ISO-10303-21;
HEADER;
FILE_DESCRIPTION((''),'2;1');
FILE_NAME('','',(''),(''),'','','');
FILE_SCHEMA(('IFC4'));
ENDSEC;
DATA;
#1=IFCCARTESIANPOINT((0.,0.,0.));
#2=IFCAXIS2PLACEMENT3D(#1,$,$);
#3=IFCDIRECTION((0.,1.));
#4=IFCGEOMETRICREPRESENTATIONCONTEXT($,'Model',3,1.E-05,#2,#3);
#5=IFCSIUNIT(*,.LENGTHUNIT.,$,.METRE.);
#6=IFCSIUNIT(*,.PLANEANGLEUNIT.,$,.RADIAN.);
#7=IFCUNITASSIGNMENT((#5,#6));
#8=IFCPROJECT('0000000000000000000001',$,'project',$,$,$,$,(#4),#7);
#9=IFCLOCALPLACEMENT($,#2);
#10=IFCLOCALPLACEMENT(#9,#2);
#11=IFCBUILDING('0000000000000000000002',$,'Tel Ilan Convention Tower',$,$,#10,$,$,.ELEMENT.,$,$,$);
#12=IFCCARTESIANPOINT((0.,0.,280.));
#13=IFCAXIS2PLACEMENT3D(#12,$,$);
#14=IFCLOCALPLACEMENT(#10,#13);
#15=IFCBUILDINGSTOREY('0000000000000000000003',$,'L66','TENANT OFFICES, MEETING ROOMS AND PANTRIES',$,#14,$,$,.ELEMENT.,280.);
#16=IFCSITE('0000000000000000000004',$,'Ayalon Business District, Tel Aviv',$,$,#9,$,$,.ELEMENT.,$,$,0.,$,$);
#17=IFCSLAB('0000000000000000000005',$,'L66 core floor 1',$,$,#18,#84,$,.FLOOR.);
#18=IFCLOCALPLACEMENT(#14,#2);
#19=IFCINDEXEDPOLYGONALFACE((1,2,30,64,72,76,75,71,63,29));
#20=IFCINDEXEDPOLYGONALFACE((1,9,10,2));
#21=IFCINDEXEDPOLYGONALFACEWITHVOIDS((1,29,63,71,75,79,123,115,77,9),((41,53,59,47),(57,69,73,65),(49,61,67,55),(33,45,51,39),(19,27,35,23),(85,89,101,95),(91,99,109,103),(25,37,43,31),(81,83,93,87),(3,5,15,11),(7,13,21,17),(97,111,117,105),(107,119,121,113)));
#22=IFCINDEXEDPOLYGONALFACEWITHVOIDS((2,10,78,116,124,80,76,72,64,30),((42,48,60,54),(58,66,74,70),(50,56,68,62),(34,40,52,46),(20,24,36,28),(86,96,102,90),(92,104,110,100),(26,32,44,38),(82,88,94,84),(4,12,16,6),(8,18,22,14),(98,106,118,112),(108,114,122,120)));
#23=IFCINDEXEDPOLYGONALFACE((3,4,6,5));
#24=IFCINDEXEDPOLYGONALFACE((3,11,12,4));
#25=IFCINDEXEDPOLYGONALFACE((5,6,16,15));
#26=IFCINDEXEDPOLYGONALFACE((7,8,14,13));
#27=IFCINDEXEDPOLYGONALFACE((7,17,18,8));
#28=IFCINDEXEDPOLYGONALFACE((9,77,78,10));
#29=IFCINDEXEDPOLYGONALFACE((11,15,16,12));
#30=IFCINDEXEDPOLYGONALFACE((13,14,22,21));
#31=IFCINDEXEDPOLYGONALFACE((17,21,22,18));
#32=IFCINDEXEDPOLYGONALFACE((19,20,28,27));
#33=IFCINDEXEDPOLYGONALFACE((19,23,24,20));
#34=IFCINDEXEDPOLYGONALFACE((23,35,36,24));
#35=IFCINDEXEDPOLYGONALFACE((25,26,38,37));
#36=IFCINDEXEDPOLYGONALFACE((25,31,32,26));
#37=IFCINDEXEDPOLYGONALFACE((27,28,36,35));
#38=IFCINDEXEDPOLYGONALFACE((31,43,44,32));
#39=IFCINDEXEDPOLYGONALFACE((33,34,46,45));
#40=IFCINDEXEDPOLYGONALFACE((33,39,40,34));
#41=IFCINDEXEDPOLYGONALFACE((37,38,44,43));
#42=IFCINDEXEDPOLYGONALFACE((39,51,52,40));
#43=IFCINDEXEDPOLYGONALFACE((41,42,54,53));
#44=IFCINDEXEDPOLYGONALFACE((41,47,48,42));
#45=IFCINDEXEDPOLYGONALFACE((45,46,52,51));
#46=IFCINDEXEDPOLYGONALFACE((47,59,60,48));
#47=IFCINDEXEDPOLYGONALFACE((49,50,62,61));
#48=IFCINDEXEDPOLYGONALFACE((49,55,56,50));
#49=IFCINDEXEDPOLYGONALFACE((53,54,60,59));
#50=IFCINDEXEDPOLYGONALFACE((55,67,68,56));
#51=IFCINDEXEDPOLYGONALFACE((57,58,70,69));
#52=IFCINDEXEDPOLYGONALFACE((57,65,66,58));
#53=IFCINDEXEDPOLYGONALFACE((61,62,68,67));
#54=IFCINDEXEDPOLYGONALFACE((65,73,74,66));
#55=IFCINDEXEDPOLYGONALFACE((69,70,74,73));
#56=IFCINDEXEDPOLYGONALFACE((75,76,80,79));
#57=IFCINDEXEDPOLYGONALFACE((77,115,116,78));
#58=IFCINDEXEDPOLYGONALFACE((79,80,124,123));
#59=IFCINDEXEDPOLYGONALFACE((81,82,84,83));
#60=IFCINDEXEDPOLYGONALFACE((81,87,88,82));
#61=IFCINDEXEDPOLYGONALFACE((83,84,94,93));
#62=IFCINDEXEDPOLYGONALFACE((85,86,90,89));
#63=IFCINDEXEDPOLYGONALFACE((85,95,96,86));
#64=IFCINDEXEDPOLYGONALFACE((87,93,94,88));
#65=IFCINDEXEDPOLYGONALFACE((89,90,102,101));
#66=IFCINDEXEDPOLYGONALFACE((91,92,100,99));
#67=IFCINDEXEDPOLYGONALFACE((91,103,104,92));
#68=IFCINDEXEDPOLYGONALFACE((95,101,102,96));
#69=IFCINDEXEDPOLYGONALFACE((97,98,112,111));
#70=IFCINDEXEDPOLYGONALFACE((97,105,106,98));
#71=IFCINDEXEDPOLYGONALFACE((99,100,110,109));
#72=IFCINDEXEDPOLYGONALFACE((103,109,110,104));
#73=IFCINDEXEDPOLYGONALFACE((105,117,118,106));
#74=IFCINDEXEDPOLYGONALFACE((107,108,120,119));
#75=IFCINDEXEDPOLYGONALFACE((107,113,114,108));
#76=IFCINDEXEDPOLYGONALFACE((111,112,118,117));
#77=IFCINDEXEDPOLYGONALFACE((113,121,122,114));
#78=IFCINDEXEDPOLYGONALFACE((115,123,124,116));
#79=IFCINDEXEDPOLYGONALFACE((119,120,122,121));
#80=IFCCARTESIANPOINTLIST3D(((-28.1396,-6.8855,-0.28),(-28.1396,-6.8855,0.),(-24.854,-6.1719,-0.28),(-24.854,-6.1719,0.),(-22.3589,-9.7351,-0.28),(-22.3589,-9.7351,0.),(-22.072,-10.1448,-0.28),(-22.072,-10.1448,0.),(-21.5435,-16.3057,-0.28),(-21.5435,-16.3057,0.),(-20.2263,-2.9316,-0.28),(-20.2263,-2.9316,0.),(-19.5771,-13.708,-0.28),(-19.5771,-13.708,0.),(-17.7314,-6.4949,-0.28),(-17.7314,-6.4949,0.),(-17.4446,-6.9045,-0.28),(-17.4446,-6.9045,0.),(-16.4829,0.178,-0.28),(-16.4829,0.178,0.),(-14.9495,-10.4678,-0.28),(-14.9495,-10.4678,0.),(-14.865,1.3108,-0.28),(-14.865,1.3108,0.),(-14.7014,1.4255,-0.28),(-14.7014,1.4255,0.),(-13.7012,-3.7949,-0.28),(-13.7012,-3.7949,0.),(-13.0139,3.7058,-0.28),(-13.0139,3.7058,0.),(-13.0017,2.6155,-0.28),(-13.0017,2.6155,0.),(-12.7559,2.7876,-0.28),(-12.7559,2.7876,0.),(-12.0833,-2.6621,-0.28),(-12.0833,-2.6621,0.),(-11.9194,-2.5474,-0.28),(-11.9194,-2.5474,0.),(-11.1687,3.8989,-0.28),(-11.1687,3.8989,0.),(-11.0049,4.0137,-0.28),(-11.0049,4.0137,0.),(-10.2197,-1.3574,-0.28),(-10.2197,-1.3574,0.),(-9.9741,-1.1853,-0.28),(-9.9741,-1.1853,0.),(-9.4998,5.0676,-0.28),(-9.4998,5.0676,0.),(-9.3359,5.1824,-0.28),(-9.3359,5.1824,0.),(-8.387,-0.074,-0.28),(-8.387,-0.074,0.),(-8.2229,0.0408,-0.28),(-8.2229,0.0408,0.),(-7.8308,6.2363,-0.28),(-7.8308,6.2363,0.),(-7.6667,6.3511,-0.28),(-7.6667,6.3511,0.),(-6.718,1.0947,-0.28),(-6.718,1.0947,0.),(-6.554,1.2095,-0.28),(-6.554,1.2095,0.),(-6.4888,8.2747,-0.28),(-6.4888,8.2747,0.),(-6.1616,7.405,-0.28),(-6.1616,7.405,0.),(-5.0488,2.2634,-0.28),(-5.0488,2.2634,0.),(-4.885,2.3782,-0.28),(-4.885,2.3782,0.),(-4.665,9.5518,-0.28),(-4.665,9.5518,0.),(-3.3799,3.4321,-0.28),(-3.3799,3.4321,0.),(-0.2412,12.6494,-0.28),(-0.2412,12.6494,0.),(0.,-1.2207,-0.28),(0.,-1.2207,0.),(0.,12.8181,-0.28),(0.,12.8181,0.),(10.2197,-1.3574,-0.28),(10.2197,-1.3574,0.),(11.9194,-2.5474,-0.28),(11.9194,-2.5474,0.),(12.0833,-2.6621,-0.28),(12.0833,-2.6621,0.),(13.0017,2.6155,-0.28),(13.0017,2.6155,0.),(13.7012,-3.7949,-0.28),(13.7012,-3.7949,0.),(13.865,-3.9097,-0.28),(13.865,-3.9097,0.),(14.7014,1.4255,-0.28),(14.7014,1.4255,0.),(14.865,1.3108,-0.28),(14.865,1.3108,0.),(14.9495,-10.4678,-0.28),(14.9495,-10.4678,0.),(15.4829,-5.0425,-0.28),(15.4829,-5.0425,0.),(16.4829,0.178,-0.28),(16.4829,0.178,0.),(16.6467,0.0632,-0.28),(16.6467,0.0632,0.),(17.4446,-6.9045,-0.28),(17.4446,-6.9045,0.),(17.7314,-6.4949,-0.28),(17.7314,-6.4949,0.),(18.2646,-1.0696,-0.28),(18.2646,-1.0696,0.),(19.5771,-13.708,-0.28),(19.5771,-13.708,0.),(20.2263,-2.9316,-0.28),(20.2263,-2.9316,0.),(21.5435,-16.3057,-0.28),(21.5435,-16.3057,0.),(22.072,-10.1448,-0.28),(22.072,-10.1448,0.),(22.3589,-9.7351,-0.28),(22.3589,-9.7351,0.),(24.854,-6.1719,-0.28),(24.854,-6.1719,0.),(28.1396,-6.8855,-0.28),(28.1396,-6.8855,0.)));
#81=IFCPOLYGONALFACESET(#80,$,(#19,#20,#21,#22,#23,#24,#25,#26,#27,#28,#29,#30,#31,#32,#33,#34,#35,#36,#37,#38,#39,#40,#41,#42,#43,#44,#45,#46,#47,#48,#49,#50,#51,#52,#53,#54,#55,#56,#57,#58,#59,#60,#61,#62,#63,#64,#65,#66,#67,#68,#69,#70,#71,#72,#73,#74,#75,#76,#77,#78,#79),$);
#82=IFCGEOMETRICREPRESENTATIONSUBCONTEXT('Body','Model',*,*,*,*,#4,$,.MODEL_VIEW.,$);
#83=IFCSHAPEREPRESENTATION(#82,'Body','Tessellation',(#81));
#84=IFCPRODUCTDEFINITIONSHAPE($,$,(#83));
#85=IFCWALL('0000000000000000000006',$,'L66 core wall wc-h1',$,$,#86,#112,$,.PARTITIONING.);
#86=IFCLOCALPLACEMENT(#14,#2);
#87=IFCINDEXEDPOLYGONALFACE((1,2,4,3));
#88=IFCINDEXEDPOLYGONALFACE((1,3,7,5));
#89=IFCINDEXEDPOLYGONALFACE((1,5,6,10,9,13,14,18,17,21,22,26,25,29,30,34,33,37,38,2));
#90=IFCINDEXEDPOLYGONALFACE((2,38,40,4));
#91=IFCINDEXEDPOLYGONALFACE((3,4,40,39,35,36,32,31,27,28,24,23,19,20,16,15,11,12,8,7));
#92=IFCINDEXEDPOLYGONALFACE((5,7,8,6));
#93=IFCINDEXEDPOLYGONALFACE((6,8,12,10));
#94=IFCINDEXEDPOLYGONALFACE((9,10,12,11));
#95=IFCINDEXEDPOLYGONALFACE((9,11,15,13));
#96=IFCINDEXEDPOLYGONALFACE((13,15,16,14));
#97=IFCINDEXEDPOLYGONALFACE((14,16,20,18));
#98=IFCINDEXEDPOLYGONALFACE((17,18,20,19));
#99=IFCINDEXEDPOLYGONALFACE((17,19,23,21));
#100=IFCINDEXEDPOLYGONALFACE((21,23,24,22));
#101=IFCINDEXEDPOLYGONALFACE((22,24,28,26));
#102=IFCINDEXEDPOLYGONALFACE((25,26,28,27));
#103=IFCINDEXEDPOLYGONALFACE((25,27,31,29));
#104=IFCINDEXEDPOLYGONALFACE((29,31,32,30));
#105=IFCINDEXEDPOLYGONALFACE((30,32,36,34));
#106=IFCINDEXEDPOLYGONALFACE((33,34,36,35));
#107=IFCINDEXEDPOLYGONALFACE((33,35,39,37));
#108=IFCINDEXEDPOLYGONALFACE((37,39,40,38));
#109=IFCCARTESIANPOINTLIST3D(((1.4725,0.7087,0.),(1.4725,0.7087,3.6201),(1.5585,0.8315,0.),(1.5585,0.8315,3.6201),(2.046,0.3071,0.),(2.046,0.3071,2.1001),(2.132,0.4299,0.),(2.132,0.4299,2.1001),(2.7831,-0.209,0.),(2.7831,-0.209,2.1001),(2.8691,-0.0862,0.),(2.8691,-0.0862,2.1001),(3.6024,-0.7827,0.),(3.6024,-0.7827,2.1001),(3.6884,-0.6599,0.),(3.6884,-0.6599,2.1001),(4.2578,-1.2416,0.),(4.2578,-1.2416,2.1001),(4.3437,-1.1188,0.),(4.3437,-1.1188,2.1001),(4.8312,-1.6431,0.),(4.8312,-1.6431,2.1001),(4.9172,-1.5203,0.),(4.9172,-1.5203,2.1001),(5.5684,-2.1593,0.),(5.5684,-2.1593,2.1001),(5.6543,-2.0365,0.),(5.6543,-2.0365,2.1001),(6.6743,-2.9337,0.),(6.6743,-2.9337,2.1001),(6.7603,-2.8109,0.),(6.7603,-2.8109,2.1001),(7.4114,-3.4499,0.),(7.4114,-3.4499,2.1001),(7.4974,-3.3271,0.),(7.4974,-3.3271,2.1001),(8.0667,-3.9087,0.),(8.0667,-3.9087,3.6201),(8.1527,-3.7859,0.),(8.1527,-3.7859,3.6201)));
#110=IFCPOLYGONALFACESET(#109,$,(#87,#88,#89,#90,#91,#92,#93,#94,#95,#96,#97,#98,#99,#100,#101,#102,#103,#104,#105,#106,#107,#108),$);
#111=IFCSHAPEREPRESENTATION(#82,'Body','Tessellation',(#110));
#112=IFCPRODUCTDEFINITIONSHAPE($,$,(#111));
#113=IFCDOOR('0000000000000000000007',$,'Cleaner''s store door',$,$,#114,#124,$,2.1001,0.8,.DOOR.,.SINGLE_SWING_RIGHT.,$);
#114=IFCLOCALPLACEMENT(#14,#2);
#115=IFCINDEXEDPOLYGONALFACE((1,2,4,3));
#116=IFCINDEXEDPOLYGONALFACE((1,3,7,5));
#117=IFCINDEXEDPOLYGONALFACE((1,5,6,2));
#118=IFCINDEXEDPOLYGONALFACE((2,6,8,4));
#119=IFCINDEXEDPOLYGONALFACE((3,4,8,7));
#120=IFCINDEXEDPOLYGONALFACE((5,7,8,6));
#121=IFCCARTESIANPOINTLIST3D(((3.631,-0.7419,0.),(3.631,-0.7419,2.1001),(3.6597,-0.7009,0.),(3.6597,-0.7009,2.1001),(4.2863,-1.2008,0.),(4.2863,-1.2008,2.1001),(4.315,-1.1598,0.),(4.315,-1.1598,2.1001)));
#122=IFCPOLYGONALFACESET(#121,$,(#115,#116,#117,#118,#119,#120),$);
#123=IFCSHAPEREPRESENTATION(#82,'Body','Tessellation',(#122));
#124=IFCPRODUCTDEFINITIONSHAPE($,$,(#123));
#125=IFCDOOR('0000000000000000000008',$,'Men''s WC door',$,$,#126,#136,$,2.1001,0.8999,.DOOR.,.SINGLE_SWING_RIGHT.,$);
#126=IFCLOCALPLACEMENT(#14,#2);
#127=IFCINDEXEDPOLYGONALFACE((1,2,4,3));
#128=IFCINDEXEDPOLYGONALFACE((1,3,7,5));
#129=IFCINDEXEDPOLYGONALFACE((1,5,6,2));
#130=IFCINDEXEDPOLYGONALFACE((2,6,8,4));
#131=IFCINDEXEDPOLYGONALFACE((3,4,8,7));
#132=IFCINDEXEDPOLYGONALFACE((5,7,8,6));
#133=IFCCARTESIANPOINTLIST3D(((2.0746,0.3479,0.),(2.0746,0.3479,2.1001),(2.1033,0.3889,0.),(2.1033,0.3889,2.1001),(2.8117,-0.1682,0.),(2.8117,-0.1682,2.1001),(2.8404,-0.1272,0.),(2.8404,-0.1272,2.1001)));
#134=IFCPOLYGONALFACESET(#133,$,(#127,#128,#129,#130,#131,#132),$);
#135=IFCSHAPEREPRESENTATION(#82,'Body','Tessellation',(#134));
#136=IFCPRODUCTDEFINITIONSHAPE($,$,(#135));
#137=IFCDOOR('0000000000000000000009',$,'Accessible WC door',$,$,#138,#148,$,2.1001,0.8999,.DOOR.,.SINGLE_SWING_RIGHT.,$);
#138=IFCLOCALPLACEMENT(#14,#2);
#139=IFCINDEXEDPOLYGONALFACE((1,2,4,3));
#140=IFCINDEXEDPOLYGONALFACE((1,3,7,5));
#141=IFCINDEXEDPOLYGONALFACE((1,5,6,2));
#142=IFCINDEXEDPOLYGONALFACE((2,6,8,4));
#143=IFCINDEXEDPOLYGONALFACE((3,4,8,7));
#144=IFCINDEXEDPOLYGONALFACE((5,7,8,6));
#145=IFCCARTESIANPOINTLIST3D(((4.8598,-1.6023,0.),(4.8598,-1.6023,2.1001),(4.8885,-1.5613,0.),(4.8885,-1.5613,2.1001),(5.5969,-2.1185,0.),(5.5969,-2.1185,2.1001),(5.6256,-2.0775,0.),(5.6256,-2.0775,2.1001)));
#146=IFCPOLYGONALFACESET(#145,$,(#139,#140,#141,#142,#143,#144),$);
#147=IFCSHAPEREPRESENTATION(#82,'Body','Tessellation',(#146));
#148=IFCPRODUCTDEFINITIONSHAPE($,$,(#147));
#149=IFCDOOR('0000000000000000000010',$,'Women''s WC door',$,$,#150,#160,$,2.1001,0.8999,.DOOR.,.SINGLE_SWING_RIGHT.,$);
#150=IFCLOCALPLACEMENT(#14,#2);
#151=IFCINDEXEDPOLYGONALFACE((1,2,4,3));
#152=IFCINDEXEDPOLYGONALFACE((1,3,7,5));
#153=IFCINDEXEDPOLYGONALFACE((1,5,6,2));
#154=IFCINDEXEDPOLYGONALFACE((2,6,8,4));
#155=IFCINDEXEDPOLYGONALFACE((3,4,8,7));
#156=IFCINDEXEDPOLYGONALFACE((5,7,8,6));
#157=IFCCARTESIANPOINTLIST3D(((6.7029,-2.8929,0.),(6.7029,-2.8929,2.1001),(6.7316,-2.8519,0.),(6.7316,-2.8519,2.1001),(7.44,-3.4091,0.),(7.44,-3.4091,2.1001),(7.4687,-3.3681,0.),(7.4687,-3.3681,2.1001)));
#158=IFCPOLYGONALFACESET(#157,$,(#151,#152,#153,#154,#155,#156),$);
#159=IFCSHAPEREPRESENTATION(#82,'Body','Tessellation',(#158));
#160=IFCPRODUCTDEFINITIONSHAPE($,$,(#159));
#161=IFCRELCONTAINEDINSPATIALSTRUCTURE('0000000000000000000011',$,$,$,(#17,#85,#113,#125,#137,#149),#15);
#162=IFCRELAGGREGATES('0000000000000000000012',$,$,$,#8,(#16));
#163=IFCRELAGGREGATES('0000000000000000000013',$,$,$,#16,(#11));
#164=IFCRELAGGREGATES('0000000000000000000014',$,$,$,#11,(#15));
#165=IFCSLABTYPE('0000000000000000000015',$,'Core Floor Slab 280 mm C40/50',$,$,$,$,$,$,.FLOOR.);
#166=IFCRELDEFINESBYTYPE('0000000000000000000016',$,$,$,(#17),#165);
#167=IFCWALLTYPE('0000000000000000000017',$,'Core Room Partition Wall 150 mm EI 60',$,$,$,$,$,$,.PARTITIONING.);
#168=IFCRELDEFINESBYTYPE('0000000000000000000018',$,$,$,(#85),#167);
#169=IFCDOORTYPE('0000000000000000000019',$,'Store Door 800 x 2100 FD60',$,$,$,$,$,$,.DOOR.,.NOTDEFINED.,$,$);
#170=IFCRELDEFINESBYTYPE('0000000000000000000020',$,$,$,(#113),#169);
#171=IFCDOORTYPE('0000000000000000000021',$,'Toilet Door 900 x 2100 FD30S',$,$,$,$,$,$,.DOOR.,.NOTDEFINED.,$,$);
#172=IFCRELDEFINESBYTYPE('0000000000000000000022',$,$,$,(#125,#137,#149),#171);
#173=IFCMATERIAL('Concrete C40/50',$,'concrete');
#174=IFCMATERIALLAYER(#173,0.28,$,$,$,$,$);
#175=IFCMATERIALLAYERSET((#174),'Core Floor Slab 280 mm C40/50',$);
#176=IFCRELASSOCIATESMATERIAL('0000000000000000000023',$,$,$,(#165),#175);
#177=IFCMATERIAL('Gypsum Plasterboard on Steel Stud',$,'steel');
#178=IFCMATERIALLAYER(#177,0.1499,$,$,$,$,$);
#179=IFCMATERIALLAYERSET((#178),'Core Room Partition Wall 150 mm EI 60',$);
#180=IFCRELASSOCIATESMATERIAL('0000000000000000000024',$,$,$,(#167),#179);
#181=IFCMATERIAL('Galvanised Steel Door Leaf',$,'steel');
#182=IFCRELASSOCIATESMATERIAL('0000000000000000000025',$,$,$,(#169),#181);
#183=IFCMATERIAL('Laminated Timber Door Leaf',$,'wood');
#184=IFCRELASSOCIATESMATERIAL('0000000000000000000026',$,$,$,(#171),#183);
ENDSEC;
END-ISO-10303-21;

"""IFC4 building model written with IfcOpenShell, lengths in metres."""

from ifc_helpers import new_model, si_unit, direction, frame, frame_2d, origin, place, context, subcontext, project, spatial, polyline, rectangle, outline, extrude, material, layer, layer_set, type_object, element, fill, save


model = new_model("IFC4")

# Units and contexts
model_context = context("Model", 3, precision=1e-05, world=origin(), true_north=direction((0.0, 1.0)))
body_context = subcontext(model_context, "Body", "Model", "MODEL_VIEW")
ifc_project = project(units=[si_unit("LENGTHUNIT", "METRE"), si_unit("PLANEANGLEUNIT", "RADIAN")], contexts=[model_context])

# Site, building, storey
site_placement = place(None, origin())
site = spatial("IfcSite", under=ifc_project, at=site_placement, Name="Ayalon Business District, Tel Aviv", CompositionType="ELEMENT", RefElevation=0.0)
building_placement = place(site_placement, origin())
building = spatial("IfcBuilding", under=site, at=building_placement, Name="Tel Ilan Convention Tower", CompositionType="ELEMENT")
storey_placement = place(building_placement, frame((0.0, 0.0, 280.0)))
storey = spatial("IfcBuildingStorey", under=building, at=storey_placement, Name="L66", Description="TENANT OFFICES, MEETING ROOMS AND PANTRIES", CompositionType="ELEMENT", Elevation=280.0)

# Slab
ifc_material_1 = material(Name="Concrete C40/50", Category="concrete")
ifc_layer_1 = layer(ifc_material_1, 0.28)
ifc_layer_set_1 = layer_set([ifc_layer_1], Name="Core Floor Slab 280 mm C40/50")
slab_type = type_object("IfcSlabType", Name="Core Floor Slab 280 mm C40/50", PredefinedType="FLOOR", material=ifc_layer_set_1)
slab_placement = place(storey_placement, frame((0.0, 0.0, -0.28)))
element("IfcSlab", 1, at=slab_placement, inside=storey, type_object=slab_type, Name="L66 core floor 1", PredefinedType="FLOOR", context=body_context, shape_type="SweptSolid", body=[
    extrude(outline(polyline([(0.0, 12.8181), (28.1396, -6.8855), (21.5435, -16.3057), (0.0, -1.2207), (-21.5435, -16.3057), (-28.1396, -6.8855), (-13.0139, 3.7058), (-6.4888, 8.2747), (-4.665, 9.5518), (-0.2412, 12.6494), (0.0, 12.8181)]), holes=[polyline([(-17.4446, -6.9045), (-22.072, -10.1448), (-19.5771, -13.708), (-14.9495, -10.4678), (-17.4446, -6.9045)]), polyline([(-17.7314, -6.4949), (-20.2263, -2.9316), (-24.854, -6.1719), (-22.3589, -9.7351), (-17.7314, -6.4949)]), polyline([(-14.865, 1.3108), (-16.4829, 0.178), (-13.7012, -3.7949), (-12.0833, -2.6621), (-14.865, 1.3108)]), polyline([(-14.7014, 1.4255), (-11.9194, -2.5474), (-10.2197, -1.3574), (-13.0017, 2.6155), (-14.7014, 1.4255)]), polyline([(-11.1687, 3.8989), (-12.7559, 2.7876), (-9.9741, -1.1853), (-8.387, -0.074), (-11.1687, 3.8989)]), polyline([(-9.4998, 5.0676), (-11.0049, 4.0137), (-8.2229, 0.0408), (-6.718, 1.0947), (-9.4998, 5.0676)]), polyline([(-9.3359, 5.1824), (-6.554, 1.2095), (-5.0488, 2.2634), (-7.8308, 6.2363), (-9.3359, 5.1824)]), polyline([(17.4446, -6.9045), (14.9495, -10.4678), (19.5771, -13.708), (22.072, -10.1448), (17.4446, -6.9045)]), polyline([(20.2263, -2.9316), (17.7314, -6.4949), (22.3589, -9.7351), (24.854, -6.1719), (20.2263, -2.9316)]), polyline([(15.4829, -5.0425), (18.2646, -1.0696), (16.6467, 0.0632), (13.865, -3.9097), (15.4829, -5.0425)]), polyline([(13.7012, -3.7949), (16.4829, 0.178), (14.865, 1.3108), (12.0833, -2.6621), (13.7012, -3.7949)]), polyline([(11.9194, -2.5474), (14.7014, 1.4255), (13.0017, 2.6155), (10.2197, -1.3574), (11.9194, -2.5474)]), polyline([(-6.1616, 7.405), (-7.6667, 6.3511), (-4.885, 2.3782), (-3.3799, 3.4321), (-6.1616, 7.405)])]), origin(), (0.0, 0.0, 1.0), 0.28),
])

# Wall, openings, doors
ifc_material_2 = material(Name="Gypsum Plasterboard on Steel Stud", Category="steel")
ifc_layer_2 = layer(ifc_material_2, 0.1499)
ifc_layer_set_2 = layer_set([ifc_layer_2], Name="Core Room Partition Wall 150 mm EI 60")
wall_type_1 = type_object("IfcWallType", Name="Core Room Partition Wall 150 mm EI 60", PredefinedType="PARTITIONING", material=ifc_layer_set_2)
wall_1_placement = place(storey_placement, frame((1.5156, 0.77, 0.0), z_axis=(0.0, 0.0, 1.0), x_axis=(0.819146, -0.573584, 0.0)))
wall_1 = element("IfcWall", 2, at=wall_1_placement, inside=storey, type_object=wall_type_1, Name="L66 core wall wc-h1", PredefinedType="PARTITIONING", context=body_context, shape_type="SweptSolid", body=[
    extrude(rectangle(XDim=8.05, YDim=0.1499, at=frame_2d((4.0249, 0.0))), origin(), (0.0, 0.0, 1.0), 3.6201),
])
opening_1_placement = place(wall_1_placement, frame((0.7, 0.0, 0.0)))
opening_1 = element("IfcOpeningElement", 3, at=opening_1_placement, cuts=wall_1, PredefinedType="OPENING", context=body_context, shape_type="SweptSolid", body=[
    extrude(rectangle(XDim=0.8999, YDim=2.1001, at=frame_2d((0.45, 1.05))), frame((0.0, 0.085, 0.0), z_axis=(0.0, -1.0, 0.0), x_axis=(1.0, 0.0, 0.0)), (0.0, 0.0, 1.0), 0.1699),
])
opening_2_placement = place(wall_1_placement, frame((2.6001, 0.0, 0.0)))
opening_2 = element("IfcOpeningElement", 4, at=opening_2_placement, cuts=wall_1, PredefinedType="OPENING", context=body_context, shape_type="SweptSolid", body=[
    extrude(rectangle(XDim=0.8, YDim=2.1001, at=frame_2d((0.3999, 1.05))), frame((0.0, 0.085, 0.0), z_axis=(0.0, -1.0, 0.0), x_axis=(1.0, 0.0, 0.0)), (0.0, 0.0, 1.0), 0.1699),
])
opening_3_placement = place(wall_1_placement, frame((4.1001, 0.0, 0.0)))
opening_3 = element("IfcOpeningElement", 5, at=opening_3_placement, cuts=wall_1, PredefinedType="OPENING", context=body_context, shape_type="SweptSolid", body=[
    extrude(rectangle(XDim=0.8999, YDim=2.1001, at=frame_2d((0.45, 1.05))), frame((0.0, 0.085, 0.0), z_axis=(0.0, -1.0, 0.0), x_axis=(1.0, 0.0, 0.0)), (0.0, 0.0, 1.0), 0.1699),
])
opening_4_placement = place(wall_1_placement, frame((6.3501, 0.0, 0.0)))
opening_4 = element("IfcOpeningElement", 6, at=opening_4_placement, cuts=wall_1, PredefinedType="OPENING", context=body_context, shape_type="SweptSolid", body=[
    extrude(rectangle(XDim=0.8999, YDim=2.1001, at=frame_2d((0.45, 1.05))), frame((0.0, 0.085, 0.0), z_axis=(0.0, -1.0, 0.0), x_axis=(1.0, 0.0, 0.0)), (0.0, 0.0, 1.0), 0.1699),
])
ifc_material_3 = material(Name="Galvanised Steel Door Leaf", Category="steel")
door_type_1 = type_object("IfcDoorType", Name="Store Door 800 x 2100 FD60", OperationType="NOTDEFINED", PredefinedType="DOOR", material=ifc_material_3)
door_1_placement = place(opening_2_placement, origin())
door_1 = element("IfcDoor", 7, at=door_1_placement, inside=storey, type_object=door_type_1, Name="Cleaner's store door", OperationType="SINGLE_SWING_RIGHT", OverallHeight=2.1001, OverallWidth=0.8, PredefinedType="DOOR", context=body_context, shape_type="SweptSolid", body=[
    extrude(rectangle(XDim=0.8, YDim=2.1001, at=frame_2d((0.3999, 1.05))), frame((0.0, 0.0249, 0.0), z_axis=(0.0, -1.0, 0.0), x_axis=(1.0, 0.0, 0.0)), (0.0, 0.0, 1.0), 0.05),
])
fill(opening_2, door_1)
ifc_material_4 = material(Name="Laminated Timber Door Leaf", Category="wood")
door_type_2 = type_object("IfcDoorType", Name="Toilet Door 900 x 2100 FD30S", OperationType="NOTDEFINED", PredefinedType="DOOR", material=ifc_material_4)
door_2_placement = place(opening_1_placement, origin())
door_2 = element("IfcDoor", 8, at=door_2_placement, inside=storey, type_object=door_type_2, Name="Men's WC door", OperationType="SINGLE_SWING_RIGHT", OverallHeight=2.1001, OverallWidth=0.8999, PredefinedType="DOOR", context=body_context, shape_type="SweptSolid", body=[
    extrude(rectangle(XDim=0.8999, YDim=2.1001, at=frame_2d((0.45, 1.05))), frame((0.0, 0.0249, 0.0), z_axis=(0.0, -1.0, 0.0), x_axis=(1.0, 0.0, 0.0)), (0.0, 0.0, 1.0), 0.05),
])
fill(opening_1, door_2)
door_3_placement = place(opening_3_placement, origin())
door_3 = element("IfcDoor", 9, at=door_3_placement, inside=storey, type_object=door_type_2, Name="Accessible WC door", OperationType="SINGLE_SWING_RIGHT", OverallHeight=2.1001, OverallWidth=0.8999, PredefinedType="DOOR", context=body_context, shape_type="SweptSolid", body=[
    extrude(rectangle(XDim=0.8999, YDim=2.1001, at=frame_2d((0.45, 1.05))), frame((0.0, 0.0249, 0.0), z_axis=(0.0, -1.0, 0.0), x_axis=(1.0, 0.0, 0.0)), (0.0, 0.0, 1.0), 0.05),
])
fill(opening_3, door_3)
door_4_placement = place(opening_4_placement, origin())
door_4 = element("IfcDoor", 10, at=door_4_placement, inside=storey, type_object=door_type_2, Name="Women's WC door", OperationType="SINGLE_SWING_RIGHT", OverallHeight=2.1001, OverallWidth=0.8999, PredefinedType="DOOR", context=body_context, shape_type="SweptSolid", body=[
    extrude(rectangle(XDim=0.8999, YDim=2.1001, at=frame_2d((0.45, 1.05))), frame((0.0, 0.0249, 0.0), z_axis=(0.0, -1.0, 0.0), x_axis=(1.0, 0.0, 0.0)), (0.0, 0.0, 1.0), 0.05),
])
fill(opening_4, door_4)

save(model, "model.ifc")
